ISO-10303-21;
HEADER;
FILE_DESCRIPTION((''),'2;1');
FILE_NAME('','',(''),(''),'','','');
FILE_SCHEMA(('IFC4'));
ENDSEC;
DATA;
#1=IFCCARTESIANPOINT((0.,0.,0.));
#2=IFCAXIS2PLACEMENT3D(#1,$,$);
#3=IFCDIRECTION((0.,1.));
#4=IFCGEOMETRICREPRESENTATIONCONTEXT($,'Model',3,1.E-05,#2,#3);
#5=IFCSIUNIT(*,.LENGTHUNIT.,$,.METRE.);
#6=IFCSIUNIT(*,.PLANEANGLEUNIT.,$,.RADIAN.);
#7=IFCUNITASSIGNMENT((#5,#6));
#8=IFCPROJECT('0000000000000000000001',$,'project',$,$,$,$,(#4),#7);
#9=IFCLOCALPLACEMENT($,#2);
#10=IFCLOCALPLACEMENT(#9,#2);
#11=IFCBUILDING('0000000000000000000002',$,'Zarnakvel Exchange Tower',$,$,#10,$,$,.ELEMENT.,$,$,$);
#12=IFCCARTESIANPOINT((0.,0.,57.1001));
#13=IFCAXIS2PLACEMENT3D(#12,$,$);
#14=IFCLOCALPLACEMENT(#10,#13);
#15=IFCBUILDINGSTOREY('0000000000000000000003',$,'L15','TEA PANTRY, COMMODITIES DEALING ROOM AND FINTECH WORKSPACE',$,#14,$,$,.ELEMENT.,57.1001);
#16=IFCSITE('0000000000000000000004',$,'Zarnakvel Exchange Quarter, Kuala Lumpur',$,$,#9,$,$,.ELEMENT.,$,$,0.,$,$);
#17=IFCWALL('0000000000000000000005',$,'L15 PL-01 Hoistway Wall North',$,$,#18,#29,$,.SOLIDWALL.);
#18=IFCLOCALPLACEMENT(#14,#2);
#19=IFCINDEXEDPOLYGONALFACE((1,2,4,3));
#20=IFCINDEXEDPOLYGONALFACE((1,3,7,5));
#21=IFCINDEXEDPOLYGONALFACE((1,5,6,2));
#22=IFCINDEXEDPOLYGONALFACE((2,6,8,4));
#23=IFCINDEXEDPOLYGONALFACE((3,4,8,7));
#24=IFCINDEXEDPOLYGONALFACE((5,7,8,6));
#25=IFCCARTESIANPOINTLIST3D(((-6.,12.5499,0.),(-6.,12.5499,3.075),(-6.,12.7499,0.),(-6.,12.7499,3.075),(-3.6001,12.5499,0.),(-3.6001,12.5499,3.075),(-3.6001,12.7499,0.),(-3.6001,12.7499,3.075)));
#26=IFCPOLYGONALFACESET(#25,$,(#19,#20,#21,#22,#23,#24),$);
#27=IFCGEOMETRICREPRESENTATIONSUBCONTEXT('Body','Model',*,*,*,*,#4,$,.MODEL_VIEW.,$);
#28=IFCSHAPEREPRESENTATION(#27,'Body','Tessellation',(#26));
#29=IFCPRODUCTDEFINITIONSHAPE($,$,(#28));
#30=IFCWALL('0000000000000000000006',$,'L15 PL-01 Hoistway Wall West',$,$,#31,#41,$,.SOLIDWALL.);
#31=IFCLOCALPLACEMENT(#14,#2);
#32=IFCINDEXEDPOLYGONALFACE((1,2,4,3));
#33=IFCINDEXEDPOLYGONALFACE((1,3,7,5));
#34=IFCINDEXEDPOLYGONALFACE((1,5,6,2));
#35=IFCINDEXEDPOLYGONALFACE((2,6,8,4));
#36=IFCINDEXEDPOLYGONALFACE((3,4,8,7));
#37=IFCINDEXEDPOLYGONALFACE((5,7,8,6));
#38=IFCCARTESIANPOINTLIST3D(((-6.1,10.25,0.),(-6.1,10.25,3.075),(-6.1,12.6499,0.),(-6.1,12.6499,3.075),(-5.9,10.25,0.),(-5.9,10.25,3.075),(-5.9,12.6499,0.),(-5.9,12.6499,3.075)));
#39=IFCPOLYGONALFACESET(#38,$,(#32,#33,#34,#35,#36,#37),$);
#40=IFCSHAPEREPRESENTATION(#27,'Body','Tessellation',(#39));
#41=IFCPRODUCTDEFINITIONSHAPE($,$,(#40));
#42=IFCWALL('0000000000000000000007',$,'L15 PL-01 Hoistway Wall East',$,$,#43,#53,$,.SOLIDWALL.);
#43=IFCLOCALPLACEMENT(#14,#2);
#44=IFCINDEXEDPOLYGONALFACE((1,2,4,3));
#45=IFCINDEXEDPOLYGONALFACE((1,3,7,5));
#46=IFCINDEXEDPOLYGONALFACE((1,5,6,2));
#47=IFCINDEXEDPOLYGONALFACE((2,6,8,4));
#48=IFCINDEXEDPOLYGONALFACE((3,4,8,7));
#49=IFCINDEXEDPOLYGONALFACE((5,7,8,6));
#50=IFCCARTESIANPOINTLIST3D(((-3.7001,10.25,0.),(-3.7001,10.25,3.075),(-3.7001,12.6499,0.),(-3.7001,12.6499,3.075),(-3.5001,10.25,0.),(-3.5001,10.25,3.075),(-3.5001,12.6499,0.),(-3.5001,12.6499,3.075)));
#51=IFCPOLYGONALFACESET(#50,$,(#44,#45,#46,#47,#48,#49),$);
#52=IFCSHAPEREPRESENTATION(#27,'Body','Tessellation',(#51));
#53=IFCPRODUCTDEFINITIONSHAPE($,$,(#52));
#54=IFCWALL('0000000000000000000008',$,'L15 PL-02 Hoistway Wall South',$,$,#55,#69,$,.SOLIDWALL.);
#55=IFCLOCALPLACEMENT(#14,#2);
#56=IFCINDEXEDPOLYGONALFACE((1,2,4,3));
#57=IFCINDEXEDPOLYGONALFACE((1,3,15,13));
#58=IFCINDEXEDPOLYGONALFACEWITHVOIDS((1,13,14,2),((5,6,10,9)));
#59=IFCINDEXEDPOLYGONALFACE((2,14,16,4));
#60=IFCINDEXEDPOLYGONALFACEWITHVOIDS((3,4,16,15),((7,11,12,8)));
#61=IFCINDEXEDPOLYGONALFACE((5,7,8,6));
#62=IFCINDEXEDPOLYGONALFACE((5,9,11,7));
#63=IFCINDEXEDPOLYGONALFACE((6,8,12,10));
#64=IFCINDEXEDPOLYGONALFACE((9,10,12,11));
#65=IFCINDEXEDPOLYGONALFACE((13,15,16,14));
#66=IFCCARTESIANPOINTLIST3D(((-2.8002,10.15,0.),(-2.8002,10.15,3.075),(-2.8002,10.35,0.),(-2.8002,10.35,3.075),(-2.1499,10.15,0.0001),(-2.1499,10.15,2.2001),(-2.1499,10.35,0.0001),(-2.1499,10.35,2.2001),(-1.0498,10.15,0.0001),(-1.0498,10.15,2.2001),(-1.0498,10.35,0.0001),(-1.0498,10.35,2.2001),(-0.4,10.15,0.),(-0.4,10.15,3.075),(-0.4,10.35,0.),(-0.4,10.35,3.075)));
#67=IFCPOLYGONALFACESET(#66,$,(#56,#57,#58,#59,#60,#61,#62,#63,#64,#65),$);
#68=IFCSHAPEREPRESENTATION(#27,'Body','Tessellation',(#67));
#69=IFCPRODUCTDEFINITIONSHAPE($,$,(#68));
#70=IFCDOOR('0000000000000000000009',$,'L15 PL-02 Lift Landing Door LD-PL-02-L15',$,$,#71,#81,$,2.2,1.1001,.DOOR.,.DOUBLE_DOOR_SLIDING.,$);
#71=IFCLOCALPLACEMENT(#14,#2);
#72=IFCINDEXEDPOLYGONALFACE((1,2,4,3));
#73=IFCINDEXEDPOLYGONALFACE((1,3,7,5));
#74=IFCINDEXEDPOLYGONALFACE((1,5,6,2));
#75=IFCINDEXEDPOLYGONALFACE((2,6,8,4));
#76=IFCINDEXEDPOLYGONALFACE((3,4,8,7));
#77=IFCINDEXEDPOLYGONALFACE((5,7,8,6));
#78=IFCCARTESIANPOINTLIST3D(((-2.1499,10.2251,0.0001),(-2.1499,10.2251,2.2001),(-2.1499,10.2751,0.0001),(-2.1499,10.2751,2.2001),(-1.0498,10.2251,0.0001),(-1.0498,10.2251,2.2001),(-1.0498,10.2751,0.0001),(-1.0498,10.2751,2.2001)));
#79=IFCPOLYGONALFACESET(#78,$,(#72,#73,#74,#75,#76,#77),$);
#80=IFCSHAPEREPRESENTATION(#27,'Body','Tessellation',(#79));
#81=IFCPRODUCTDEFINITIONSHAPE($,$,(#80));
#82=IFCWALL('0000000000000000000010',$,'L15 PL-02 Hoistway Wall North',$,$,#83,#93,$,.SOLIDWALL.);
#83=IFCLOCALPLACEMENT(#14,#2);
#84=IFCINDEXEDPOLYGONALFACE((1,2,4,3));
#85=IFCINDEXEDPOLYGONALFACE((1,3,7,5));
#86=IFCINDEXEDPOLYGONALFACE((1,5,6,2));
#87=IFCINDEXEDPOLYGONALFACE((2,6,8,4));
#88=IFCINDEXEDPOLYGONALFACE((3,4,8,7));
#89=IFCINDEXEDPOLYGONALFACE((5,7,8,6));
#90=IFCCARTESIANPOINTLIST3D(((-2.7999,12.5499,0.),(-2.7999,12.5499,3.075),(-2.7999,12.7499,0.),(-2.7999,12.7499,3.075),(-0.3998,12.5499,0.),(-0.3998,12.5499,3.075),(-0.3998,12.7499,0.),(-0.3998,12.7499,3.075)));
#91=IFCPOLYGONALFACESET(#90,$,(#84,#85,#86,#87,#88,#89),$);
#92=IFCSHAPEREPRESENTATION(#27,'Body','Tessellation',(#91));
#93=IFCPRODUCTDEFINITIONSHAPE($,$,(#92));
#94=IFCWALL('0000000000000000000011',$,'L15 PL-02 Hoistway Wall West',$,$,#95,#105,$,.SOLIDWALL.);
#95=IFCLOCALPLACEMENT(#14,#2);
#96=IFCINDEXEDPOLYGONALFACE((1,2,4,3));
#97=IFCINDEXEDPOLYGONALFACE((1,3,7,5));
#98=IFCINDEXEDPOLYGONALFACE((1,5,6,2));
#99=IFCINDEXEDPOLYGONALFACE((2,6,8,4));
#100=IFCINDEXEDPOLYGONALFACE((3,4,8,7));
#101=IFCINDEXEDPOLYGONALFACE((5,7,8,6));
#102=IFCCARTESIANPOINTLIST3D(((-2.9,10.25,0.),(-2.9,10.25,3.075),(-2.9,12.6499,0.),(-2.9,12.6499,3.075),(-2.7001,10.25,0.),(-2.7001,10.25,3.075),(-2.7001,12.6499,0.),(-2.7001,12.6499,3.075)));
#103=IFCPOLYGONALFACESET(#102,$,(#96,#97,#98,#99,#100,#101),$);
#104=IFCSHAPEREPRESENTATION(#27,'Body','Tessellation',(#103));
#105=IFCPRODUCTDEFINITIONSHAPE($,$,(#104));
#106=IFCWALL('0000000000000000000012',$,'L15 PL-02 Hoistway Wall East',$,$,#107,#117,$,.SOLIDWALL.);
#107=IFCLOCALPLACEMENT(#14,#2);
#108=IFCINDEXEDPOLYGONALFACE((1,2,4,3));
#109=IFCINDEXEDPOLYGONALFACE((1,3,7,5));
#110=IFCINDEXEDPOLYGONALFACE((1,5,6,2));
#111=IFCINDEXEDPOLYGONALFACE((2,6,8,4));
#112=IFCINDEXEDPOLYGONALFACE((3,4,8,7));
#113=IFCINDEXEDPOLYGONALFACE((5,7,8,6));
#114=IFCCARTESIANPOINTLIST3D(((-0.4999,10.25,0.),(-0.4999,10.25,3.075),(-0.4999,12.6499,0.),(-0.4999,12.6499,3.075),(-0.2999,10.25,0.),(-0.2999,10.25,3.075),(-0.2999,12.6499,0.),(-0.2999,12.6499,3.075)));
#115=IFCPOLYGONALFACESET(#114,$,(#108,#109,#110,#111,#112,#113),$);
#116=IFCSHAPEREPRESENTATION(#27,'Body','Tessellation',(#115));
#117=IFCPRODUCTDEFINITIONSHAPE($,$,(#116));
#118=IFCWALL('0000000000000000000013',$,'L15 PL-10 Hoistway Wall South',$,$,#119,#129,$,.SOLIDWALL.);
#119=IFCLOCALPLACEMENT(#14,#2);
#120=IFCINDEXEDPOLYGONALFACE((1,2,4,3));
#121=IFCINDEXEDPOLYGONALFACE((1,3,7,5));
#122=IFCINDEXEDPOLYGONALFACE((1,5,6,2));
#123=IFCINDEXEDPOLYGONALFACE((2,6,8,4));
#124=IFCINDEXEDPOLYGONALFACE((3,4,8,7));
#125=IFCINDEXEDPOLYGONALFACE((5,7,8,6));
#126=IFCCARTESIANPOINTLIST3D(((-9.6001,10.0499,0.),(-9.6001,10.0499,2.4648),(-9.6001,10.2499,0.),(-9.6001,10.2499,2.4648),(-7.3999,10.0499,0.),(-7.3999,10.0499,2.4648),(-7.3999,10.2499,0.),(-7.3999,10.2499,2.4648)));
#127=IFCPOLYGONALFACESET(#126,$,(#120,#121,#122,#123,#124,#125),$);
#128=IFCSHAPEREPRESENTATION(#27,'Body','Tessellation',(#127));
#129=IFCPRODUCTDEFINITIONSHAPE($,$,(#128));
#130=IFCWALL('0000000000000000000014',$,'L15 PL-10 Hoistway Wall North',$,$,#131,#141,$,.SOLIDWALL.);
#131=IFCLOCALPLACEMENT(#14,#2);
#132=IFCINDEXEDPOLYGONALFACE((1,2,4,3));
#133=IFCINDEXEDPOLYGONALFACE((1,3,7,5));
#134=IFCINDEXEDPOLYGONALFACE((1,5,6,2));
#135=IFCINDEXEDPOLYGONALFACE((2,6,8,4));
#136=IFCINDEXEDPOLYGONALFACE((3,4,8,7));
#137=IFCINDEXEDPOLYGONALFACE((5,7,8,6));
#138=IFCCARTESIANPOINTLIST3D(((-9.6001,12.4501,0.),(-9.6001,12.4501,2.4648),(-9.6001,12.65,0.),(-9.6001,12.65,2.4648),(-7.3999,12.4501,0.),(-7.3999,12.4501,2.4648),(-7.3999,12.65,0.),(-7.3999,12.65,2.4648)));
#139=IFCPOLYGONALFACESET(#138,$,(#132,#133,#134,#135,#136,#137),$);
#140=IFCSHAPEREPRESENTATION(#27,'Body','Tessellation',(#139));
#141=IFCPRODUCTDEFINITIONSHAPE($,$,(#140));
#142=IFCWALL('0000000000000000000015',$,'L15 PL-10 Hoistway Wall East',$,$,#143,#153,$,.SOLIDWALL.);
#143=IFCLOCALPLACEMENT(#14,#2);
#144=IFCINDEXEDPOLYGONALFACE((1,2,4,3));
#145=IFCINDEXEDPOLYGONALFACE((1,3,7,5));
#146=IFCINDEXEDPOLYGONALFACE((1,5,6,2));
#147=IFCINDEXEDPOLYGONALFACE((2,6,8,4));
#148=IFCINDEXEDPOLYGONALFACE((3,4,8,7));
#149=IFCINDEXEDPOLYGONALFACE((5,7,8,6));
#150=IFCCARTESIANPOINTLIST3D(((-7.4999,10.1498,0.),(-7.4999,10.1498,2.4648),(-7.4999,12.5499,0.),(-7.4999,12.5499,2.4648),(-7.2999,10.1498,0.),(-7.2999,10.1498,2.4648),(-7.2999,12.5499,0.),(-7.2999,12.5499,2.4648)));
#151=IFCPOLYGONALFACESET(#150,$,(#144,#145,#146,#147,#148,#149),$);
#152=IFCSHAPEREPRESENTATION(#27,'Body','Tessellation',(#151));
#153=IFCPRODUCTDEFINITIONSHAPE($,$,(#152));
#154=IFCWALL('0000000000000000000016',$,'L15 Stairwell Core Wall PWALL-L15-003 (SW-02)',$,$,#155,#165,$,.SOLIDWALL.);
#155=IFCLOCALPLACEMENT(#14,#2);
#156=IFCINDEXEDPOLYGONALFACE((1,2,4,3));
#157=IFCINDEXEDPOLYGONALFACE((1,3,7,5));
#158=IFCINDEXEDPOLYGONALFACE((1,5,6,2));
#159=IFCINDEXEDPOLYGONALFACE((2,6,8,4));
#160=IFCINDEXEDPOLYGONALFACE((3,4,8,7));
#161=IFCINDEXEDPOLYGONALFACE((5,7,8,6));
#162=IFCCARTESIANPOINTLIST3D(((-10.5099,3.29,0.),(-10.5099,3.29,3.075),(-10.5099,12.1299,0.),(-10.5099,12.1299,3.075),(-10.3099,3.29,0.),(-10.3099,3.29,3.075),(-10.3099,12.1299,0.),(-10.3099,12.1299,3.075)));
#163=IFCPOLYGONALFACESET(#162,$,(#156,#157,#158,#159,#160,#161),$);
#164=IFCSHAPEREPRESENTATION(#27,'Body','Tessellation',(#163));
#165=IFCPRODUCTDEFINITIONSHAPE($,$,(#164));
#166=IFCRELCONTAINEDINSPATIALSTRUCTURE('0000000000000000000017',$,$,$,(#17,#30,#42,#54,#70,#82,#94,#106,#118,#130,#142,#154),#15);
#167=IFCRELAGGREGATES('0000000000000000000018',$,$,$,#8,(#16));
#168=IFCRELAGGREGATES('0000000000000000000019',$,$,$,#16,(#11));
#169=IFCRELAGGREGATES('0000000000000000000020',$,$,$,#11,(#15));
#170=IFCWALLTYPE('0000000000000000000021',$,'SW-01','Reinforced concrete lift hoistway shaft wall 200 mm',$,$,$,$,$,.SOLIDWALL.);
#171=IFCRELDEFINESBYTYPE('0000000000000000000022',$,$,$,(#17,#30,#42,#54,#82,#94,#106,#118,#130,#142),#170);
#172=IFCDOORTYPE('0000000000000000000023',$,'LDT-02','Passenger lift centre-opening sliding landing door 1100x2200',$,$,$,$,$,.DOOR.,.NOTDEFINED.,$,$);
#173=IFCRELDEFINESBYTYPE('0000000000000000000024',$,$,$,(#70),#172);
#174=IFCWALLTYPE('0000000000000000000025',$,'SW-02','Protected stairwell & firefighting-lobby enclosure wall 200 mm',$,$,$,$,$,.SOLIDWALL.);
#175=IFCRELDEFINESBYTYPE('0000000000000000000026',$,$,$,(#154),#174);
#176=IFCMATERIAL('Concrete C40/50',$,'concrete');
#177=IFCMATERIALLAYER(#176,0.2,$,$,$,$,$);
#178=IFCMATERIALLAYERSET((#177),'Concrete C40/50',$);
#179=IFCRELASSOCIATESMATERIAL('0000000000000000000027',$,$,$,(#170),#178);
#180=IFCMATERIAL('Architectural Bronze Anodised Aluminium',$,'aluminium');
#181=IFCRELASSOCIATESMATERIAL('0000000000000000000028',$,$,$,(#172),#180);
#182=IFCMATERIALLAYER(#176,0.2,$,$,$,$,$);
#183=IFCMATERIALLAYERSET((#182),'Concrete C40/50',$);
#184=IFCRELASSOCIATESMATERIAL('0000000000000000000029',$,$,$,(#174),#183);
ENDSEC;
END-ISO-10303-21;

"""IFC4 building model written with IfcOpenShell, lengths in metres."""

from ifc_helpers import new_model, si_unit, direction, frame, frame_2d, origin, place, context, subcontext, project, spatial, rectangle, extrude, source, transform, mapped, material, layer, layer_set, type_object, element, fill, save


model = new_model("IFC4")

# Units and contexts
model_context = context("Model", 3, precision=1e-05, world=origin(), true_north=direction((0.0, 1.0)))
body_context = subcontext(model_context, "Body", "Model", "MODEL_VIEW")
ifc_project = project(units=[si_unit("LENGTHUNIT", "METRE"), si_unit("PLANEANGLEUNIT", "RADIAN")], contexts=[model_context])

# Site, building, storey
site_placement = place(None, origin())
site = spatial("IfcSite", under=ifc_project, at=site_placement, Name="Zarnakvel Exchange Quarter, Kuala Lumpur", CompositionType="ELEMENT", RefElevation=0.0)
building_placement = place(site_placement, origin())
building = spatial("IfcBuilding", under=site, at=building_placement, Name="Zarnakvel Exchange Tower", CompositionType="ELEMENT")
storey_placement = place(building_placement, frame((0.0, 0.0, 57.1001)))
storey = spatial("IfcBuildingStorey", under=building, at=storey_placement, Name="L15", Description="TEA PANTRY, COMMODITIES DEALING ROOM AND FINTECH WORKSPACE", CompositionType="ELEMENT", Elevation=57.1001)

# Shared definitions
ifc_material_1 = material(Name="Architectural Bronze Anodised Aluminium", Category="aluminium")

# Shared definitions
ifc_material_2 = material(Name="Concrete C40/50", Category="concrete")
ifc_layer_1 = layer(ifc_material_2, 0.2)
ifc_layer_set_1 = layer_set([ifc_layer_1], Name="Concrete C40/50")
wall_type_1 = type_object("IfcWallType", Name="SW-01", Description="Reinforced concrete lift hoistway shaft wall 200 mm", PredefinedType="SOLIDWALL", material=ifc_layer_set_1)
door_type = type_object("IfcDoorType", Name="LDT-02", Description="Passenger lift centre-opening sliding landing door 1100x2200", OperationType="NOTDEFINED", PredefinedType="DOOR", material=ifc_material_1)
shared_shape_1 = source(origin(), body_context, "Body", "SweptSolid", [
    extrude(rectangle(XDim=1.1001, YDim=2.2, at=frame_2d((0.55, 1.1001))), frame((0.0, 0.0249, 0.0), z_axis=(0.0, -1.0, 0.0), x_axis=(1.0, 0.0, 0.0)), (0.0, 0.0, 1.0), 0.05),
])

# Walls
for number, where, z_axis, x_axis, name in (
    (1, (-6.0, 12.6499, 0.0), (0.0, 0.0, 1.0), (1.0, 0.0, 0.0), "L15 PL-01 Hoistway Wall North"),
    (2, (-6.0, 10.25, 0.0), (0.0, 0.0, 1.0), (0.0, 1.0, 0.0), "L15 PL-01 Hoistway Wall West"),
    (3, (-3.6001, 12.6499, 0.0), (0.0, 0.0, 1.0), (0.0, -1.0, 0.0), "L15 PL-01 Hoistway Wall East"),
):
    element("IfcWall", number, at=place(storey_placement, frame(where, z_axis=z_axis, x_axis=x_axis)), inside=storey, type_object=wall_type_1, Name=name, PredefinedType="SOLIDWALL", context=body_context, shape_type="SweptSolid", body=[
        extrude(rectangle(XDim=2.3999, YDim=0.2, at=frame_2d((1.2, 0.0))), origin(), (0.0, 0.0, 1.0), 3.075),
    ])

# Wall, opening, door
wall_1_placement = place(storey_placement, frame((-0.3999, 10.25, 0.0), z_axis=(0.0, 0.0, 1.0), x_axis=(-1.0, 0.0, 0.0)))
wall_1 = element("IfcWall", 4, at=wall_1_placement, inside=storey, type_object=wall_type_1, Name="L15 PL-02 Hoistway Wall South", PredefinedType="SOLIDWALL", context=body_context, shape_type="SweptSolid", body=[
    extrude(rectangle(XDim=2.4001, YDim=0.2, at=frame_2d((1.2002, 0.0))), origin(), (0.0, 0.0, 1.0), 3.075),
])
opening_1_placement = place(wall_1_placement, frame((0.6499, 0.0, 0.0)))
opening_1 = element("IfcOpeningElement", 5, at=opening_1_placement, cuts=wall_1, PredefinedType="OPENING", context=body_context, shape_type="SweptSolid", body=[
    extrude(rectangle(XDim=1.1001, YDim=2.2, at=frame_2d((0.55, 1.1001))), frame((0.0, 0.1099, 0.0), z_axis=(0.0, -1.0, 0.0), x_axis=(1.0, 0.0, 0.0)), (0.0, 0.0, 1.0), 0.22),
])
door_1_placement = place(opening_1_placement, origin())
door_1 = element("IfcDoor", 6, at=door_1_placement, inside=storey, type_object=door_type, Name="L15 PL-02 Lift Landing Door LD-PL-02-L15", OperationType="DOUBLE_DOOR_SLIDING", OverallHeight=2.2, OverallWidth=1.1001, PredefinedType="DOOR", context=body_context, shape_type="MappedRepresentation", body=[
    mapped(shared_shape_1, transform((0.0, 0.0, 0.0), x_axis=(1.0, 0.0, 0.0), y_axis=(0.0, 1.0, 0.0), z_axis=(0.0, 0.0, 1.0), scale=1.0)),
])
fill(opening_1, door_1)

# Walls
wall_2_placement = place(storey_placement, frame((-2.8, 12.6499, 0.0), z_axis=(0.0, 0.0, 1.0), x_axis=(1.0, 0.0, 0.0)))
element("IfcWall", 7, at=wall_2_placement, inside=storey, type_object=wall_type_1, Name="L15 PL-02 Hoistway Wall North", PredefinedType="SOLIDWALL", context=body_context, shape_type="SweptSolid", body=[
    extrude(rectangle(XDim=2.4001, YDim=0.2, at=frame_2d((1.2002, 0.0))), origin(), (0.0, 0.0, 1.0), 3.075),
])
for number, where, z_axis, x_axis, name in (
    (8, (-2.8, 10.25, 0.0), (0.0, 0.0, 1.0), (0.0, 1.0, 0.0), "L15 PL-02 Hoistway Wall West"),
    (9, (-0.3999, 12.6499, 0.0), (0.0, 0.0, 1.0), (0.0, -1.0, 0.0), "L15 PL-02 Hoistway Wall East"),
):
    element("IfcWall", number, at=place(storey_placement, frame(where, z_axis=z_axis, x_axis=x_axis)), inside=storey, type_object=wall_type_1, Name=name, PredefinedType="SOLIDWALL", context=body_context, shape_type="SweptSolid", body=[
        extrude(rectangle(XDim=2.3999, YDim=0.2, at=frame_2d((1.2, 0.0))), origin(), (0.0, 0.0, 1.0), 3.075),
    ])
for number, where, z_axis, x_axis, name in (
    (10, (-7.3999, 10.1499, 0.0), (0.0, 0.0, 1.0), (-1.0, 0.0, 0.0), "L15 PL-10 Hoistway Wall South"),
    (11, (-9.6001, 12.55, 0.0), (0.0, 0.0, 1.0), (1.0, 0.0, 0.0), "L15 PL-10 Hoistway Wall North"),
):
    element("IfcWall", number, at=place(storey_placement, frame(where, z_axis=z_axis, x_axis=x_axis)), inside=storey, type_object=wall_type_1, Name=name, PredefinedType="SOLIDWALL", context=body_context, shape_type="SweptSolid", body=[
        extrude(rectangle(XDim=2.2002, YDim=0.2, at=frame_2d((1.1001, 0.0))), origin(), (0.0, 0.0, 1.0), 2.4648),
    ])
wall_3_placement = place(storey_placement, frame((-7.3999, 12.55, 0.0), z_axis=(0.0, 0.0, 1.0), x_axis=(0.0, -1.0, 0.0)))
element("IfcWall", 12, at=wall_3_placement, inside=storey, type_object=wall_type_1, Name="L15 PL-10 Hoistway Wall East", PredefinedType="SOLIDWALL", context=body_context, shape_type="SweptSolid", body=[
    extrude(rectangle(XDim=2.4001, YDim=0.2, at=frame_2d((1.2002, 0.0))), origin(), (0.0, 0.0, 1.0), 2.4648),
])
ifc_layer_2 = layer(ifc_material_2, 0.2)
ifc_layer_set_2 = layer_set([ifc_layer_2], Name="Concrete C40/50")
wall_type_2 = type_object("IfcWallType", Name="SW-02", Description="Protected stairwell & firefighting-lobby enclosure wall 200 mm", PredefinedType="SOLIDWALL", material=ifc_layer_set_2)
wall_4_placement = place(storey_placement, frame((-10.4099, 12.1299, 0.0), z_axis=(0.0, 0.0, 1.0), x_axis=(0.0, -1.0, 0.0)))
element("IfcWall", 13, at=wall_4_placement, inside=storey, type_object=wall_type_2, Name="L15 Stairwell Core Wall PWALL-L15-003 (SW-02)", PredefinedType="SOLIDWALL", context=body_context, shape_type="SweptSolid", body=[
    extrude(rectangle(XDim=8.8398, YDim=0.2, at=frame_2d((4.4199, 0.0))), origin(), (0.0, 0.0, 1.0), 3.075),
])

save(model, "model.ifc")
